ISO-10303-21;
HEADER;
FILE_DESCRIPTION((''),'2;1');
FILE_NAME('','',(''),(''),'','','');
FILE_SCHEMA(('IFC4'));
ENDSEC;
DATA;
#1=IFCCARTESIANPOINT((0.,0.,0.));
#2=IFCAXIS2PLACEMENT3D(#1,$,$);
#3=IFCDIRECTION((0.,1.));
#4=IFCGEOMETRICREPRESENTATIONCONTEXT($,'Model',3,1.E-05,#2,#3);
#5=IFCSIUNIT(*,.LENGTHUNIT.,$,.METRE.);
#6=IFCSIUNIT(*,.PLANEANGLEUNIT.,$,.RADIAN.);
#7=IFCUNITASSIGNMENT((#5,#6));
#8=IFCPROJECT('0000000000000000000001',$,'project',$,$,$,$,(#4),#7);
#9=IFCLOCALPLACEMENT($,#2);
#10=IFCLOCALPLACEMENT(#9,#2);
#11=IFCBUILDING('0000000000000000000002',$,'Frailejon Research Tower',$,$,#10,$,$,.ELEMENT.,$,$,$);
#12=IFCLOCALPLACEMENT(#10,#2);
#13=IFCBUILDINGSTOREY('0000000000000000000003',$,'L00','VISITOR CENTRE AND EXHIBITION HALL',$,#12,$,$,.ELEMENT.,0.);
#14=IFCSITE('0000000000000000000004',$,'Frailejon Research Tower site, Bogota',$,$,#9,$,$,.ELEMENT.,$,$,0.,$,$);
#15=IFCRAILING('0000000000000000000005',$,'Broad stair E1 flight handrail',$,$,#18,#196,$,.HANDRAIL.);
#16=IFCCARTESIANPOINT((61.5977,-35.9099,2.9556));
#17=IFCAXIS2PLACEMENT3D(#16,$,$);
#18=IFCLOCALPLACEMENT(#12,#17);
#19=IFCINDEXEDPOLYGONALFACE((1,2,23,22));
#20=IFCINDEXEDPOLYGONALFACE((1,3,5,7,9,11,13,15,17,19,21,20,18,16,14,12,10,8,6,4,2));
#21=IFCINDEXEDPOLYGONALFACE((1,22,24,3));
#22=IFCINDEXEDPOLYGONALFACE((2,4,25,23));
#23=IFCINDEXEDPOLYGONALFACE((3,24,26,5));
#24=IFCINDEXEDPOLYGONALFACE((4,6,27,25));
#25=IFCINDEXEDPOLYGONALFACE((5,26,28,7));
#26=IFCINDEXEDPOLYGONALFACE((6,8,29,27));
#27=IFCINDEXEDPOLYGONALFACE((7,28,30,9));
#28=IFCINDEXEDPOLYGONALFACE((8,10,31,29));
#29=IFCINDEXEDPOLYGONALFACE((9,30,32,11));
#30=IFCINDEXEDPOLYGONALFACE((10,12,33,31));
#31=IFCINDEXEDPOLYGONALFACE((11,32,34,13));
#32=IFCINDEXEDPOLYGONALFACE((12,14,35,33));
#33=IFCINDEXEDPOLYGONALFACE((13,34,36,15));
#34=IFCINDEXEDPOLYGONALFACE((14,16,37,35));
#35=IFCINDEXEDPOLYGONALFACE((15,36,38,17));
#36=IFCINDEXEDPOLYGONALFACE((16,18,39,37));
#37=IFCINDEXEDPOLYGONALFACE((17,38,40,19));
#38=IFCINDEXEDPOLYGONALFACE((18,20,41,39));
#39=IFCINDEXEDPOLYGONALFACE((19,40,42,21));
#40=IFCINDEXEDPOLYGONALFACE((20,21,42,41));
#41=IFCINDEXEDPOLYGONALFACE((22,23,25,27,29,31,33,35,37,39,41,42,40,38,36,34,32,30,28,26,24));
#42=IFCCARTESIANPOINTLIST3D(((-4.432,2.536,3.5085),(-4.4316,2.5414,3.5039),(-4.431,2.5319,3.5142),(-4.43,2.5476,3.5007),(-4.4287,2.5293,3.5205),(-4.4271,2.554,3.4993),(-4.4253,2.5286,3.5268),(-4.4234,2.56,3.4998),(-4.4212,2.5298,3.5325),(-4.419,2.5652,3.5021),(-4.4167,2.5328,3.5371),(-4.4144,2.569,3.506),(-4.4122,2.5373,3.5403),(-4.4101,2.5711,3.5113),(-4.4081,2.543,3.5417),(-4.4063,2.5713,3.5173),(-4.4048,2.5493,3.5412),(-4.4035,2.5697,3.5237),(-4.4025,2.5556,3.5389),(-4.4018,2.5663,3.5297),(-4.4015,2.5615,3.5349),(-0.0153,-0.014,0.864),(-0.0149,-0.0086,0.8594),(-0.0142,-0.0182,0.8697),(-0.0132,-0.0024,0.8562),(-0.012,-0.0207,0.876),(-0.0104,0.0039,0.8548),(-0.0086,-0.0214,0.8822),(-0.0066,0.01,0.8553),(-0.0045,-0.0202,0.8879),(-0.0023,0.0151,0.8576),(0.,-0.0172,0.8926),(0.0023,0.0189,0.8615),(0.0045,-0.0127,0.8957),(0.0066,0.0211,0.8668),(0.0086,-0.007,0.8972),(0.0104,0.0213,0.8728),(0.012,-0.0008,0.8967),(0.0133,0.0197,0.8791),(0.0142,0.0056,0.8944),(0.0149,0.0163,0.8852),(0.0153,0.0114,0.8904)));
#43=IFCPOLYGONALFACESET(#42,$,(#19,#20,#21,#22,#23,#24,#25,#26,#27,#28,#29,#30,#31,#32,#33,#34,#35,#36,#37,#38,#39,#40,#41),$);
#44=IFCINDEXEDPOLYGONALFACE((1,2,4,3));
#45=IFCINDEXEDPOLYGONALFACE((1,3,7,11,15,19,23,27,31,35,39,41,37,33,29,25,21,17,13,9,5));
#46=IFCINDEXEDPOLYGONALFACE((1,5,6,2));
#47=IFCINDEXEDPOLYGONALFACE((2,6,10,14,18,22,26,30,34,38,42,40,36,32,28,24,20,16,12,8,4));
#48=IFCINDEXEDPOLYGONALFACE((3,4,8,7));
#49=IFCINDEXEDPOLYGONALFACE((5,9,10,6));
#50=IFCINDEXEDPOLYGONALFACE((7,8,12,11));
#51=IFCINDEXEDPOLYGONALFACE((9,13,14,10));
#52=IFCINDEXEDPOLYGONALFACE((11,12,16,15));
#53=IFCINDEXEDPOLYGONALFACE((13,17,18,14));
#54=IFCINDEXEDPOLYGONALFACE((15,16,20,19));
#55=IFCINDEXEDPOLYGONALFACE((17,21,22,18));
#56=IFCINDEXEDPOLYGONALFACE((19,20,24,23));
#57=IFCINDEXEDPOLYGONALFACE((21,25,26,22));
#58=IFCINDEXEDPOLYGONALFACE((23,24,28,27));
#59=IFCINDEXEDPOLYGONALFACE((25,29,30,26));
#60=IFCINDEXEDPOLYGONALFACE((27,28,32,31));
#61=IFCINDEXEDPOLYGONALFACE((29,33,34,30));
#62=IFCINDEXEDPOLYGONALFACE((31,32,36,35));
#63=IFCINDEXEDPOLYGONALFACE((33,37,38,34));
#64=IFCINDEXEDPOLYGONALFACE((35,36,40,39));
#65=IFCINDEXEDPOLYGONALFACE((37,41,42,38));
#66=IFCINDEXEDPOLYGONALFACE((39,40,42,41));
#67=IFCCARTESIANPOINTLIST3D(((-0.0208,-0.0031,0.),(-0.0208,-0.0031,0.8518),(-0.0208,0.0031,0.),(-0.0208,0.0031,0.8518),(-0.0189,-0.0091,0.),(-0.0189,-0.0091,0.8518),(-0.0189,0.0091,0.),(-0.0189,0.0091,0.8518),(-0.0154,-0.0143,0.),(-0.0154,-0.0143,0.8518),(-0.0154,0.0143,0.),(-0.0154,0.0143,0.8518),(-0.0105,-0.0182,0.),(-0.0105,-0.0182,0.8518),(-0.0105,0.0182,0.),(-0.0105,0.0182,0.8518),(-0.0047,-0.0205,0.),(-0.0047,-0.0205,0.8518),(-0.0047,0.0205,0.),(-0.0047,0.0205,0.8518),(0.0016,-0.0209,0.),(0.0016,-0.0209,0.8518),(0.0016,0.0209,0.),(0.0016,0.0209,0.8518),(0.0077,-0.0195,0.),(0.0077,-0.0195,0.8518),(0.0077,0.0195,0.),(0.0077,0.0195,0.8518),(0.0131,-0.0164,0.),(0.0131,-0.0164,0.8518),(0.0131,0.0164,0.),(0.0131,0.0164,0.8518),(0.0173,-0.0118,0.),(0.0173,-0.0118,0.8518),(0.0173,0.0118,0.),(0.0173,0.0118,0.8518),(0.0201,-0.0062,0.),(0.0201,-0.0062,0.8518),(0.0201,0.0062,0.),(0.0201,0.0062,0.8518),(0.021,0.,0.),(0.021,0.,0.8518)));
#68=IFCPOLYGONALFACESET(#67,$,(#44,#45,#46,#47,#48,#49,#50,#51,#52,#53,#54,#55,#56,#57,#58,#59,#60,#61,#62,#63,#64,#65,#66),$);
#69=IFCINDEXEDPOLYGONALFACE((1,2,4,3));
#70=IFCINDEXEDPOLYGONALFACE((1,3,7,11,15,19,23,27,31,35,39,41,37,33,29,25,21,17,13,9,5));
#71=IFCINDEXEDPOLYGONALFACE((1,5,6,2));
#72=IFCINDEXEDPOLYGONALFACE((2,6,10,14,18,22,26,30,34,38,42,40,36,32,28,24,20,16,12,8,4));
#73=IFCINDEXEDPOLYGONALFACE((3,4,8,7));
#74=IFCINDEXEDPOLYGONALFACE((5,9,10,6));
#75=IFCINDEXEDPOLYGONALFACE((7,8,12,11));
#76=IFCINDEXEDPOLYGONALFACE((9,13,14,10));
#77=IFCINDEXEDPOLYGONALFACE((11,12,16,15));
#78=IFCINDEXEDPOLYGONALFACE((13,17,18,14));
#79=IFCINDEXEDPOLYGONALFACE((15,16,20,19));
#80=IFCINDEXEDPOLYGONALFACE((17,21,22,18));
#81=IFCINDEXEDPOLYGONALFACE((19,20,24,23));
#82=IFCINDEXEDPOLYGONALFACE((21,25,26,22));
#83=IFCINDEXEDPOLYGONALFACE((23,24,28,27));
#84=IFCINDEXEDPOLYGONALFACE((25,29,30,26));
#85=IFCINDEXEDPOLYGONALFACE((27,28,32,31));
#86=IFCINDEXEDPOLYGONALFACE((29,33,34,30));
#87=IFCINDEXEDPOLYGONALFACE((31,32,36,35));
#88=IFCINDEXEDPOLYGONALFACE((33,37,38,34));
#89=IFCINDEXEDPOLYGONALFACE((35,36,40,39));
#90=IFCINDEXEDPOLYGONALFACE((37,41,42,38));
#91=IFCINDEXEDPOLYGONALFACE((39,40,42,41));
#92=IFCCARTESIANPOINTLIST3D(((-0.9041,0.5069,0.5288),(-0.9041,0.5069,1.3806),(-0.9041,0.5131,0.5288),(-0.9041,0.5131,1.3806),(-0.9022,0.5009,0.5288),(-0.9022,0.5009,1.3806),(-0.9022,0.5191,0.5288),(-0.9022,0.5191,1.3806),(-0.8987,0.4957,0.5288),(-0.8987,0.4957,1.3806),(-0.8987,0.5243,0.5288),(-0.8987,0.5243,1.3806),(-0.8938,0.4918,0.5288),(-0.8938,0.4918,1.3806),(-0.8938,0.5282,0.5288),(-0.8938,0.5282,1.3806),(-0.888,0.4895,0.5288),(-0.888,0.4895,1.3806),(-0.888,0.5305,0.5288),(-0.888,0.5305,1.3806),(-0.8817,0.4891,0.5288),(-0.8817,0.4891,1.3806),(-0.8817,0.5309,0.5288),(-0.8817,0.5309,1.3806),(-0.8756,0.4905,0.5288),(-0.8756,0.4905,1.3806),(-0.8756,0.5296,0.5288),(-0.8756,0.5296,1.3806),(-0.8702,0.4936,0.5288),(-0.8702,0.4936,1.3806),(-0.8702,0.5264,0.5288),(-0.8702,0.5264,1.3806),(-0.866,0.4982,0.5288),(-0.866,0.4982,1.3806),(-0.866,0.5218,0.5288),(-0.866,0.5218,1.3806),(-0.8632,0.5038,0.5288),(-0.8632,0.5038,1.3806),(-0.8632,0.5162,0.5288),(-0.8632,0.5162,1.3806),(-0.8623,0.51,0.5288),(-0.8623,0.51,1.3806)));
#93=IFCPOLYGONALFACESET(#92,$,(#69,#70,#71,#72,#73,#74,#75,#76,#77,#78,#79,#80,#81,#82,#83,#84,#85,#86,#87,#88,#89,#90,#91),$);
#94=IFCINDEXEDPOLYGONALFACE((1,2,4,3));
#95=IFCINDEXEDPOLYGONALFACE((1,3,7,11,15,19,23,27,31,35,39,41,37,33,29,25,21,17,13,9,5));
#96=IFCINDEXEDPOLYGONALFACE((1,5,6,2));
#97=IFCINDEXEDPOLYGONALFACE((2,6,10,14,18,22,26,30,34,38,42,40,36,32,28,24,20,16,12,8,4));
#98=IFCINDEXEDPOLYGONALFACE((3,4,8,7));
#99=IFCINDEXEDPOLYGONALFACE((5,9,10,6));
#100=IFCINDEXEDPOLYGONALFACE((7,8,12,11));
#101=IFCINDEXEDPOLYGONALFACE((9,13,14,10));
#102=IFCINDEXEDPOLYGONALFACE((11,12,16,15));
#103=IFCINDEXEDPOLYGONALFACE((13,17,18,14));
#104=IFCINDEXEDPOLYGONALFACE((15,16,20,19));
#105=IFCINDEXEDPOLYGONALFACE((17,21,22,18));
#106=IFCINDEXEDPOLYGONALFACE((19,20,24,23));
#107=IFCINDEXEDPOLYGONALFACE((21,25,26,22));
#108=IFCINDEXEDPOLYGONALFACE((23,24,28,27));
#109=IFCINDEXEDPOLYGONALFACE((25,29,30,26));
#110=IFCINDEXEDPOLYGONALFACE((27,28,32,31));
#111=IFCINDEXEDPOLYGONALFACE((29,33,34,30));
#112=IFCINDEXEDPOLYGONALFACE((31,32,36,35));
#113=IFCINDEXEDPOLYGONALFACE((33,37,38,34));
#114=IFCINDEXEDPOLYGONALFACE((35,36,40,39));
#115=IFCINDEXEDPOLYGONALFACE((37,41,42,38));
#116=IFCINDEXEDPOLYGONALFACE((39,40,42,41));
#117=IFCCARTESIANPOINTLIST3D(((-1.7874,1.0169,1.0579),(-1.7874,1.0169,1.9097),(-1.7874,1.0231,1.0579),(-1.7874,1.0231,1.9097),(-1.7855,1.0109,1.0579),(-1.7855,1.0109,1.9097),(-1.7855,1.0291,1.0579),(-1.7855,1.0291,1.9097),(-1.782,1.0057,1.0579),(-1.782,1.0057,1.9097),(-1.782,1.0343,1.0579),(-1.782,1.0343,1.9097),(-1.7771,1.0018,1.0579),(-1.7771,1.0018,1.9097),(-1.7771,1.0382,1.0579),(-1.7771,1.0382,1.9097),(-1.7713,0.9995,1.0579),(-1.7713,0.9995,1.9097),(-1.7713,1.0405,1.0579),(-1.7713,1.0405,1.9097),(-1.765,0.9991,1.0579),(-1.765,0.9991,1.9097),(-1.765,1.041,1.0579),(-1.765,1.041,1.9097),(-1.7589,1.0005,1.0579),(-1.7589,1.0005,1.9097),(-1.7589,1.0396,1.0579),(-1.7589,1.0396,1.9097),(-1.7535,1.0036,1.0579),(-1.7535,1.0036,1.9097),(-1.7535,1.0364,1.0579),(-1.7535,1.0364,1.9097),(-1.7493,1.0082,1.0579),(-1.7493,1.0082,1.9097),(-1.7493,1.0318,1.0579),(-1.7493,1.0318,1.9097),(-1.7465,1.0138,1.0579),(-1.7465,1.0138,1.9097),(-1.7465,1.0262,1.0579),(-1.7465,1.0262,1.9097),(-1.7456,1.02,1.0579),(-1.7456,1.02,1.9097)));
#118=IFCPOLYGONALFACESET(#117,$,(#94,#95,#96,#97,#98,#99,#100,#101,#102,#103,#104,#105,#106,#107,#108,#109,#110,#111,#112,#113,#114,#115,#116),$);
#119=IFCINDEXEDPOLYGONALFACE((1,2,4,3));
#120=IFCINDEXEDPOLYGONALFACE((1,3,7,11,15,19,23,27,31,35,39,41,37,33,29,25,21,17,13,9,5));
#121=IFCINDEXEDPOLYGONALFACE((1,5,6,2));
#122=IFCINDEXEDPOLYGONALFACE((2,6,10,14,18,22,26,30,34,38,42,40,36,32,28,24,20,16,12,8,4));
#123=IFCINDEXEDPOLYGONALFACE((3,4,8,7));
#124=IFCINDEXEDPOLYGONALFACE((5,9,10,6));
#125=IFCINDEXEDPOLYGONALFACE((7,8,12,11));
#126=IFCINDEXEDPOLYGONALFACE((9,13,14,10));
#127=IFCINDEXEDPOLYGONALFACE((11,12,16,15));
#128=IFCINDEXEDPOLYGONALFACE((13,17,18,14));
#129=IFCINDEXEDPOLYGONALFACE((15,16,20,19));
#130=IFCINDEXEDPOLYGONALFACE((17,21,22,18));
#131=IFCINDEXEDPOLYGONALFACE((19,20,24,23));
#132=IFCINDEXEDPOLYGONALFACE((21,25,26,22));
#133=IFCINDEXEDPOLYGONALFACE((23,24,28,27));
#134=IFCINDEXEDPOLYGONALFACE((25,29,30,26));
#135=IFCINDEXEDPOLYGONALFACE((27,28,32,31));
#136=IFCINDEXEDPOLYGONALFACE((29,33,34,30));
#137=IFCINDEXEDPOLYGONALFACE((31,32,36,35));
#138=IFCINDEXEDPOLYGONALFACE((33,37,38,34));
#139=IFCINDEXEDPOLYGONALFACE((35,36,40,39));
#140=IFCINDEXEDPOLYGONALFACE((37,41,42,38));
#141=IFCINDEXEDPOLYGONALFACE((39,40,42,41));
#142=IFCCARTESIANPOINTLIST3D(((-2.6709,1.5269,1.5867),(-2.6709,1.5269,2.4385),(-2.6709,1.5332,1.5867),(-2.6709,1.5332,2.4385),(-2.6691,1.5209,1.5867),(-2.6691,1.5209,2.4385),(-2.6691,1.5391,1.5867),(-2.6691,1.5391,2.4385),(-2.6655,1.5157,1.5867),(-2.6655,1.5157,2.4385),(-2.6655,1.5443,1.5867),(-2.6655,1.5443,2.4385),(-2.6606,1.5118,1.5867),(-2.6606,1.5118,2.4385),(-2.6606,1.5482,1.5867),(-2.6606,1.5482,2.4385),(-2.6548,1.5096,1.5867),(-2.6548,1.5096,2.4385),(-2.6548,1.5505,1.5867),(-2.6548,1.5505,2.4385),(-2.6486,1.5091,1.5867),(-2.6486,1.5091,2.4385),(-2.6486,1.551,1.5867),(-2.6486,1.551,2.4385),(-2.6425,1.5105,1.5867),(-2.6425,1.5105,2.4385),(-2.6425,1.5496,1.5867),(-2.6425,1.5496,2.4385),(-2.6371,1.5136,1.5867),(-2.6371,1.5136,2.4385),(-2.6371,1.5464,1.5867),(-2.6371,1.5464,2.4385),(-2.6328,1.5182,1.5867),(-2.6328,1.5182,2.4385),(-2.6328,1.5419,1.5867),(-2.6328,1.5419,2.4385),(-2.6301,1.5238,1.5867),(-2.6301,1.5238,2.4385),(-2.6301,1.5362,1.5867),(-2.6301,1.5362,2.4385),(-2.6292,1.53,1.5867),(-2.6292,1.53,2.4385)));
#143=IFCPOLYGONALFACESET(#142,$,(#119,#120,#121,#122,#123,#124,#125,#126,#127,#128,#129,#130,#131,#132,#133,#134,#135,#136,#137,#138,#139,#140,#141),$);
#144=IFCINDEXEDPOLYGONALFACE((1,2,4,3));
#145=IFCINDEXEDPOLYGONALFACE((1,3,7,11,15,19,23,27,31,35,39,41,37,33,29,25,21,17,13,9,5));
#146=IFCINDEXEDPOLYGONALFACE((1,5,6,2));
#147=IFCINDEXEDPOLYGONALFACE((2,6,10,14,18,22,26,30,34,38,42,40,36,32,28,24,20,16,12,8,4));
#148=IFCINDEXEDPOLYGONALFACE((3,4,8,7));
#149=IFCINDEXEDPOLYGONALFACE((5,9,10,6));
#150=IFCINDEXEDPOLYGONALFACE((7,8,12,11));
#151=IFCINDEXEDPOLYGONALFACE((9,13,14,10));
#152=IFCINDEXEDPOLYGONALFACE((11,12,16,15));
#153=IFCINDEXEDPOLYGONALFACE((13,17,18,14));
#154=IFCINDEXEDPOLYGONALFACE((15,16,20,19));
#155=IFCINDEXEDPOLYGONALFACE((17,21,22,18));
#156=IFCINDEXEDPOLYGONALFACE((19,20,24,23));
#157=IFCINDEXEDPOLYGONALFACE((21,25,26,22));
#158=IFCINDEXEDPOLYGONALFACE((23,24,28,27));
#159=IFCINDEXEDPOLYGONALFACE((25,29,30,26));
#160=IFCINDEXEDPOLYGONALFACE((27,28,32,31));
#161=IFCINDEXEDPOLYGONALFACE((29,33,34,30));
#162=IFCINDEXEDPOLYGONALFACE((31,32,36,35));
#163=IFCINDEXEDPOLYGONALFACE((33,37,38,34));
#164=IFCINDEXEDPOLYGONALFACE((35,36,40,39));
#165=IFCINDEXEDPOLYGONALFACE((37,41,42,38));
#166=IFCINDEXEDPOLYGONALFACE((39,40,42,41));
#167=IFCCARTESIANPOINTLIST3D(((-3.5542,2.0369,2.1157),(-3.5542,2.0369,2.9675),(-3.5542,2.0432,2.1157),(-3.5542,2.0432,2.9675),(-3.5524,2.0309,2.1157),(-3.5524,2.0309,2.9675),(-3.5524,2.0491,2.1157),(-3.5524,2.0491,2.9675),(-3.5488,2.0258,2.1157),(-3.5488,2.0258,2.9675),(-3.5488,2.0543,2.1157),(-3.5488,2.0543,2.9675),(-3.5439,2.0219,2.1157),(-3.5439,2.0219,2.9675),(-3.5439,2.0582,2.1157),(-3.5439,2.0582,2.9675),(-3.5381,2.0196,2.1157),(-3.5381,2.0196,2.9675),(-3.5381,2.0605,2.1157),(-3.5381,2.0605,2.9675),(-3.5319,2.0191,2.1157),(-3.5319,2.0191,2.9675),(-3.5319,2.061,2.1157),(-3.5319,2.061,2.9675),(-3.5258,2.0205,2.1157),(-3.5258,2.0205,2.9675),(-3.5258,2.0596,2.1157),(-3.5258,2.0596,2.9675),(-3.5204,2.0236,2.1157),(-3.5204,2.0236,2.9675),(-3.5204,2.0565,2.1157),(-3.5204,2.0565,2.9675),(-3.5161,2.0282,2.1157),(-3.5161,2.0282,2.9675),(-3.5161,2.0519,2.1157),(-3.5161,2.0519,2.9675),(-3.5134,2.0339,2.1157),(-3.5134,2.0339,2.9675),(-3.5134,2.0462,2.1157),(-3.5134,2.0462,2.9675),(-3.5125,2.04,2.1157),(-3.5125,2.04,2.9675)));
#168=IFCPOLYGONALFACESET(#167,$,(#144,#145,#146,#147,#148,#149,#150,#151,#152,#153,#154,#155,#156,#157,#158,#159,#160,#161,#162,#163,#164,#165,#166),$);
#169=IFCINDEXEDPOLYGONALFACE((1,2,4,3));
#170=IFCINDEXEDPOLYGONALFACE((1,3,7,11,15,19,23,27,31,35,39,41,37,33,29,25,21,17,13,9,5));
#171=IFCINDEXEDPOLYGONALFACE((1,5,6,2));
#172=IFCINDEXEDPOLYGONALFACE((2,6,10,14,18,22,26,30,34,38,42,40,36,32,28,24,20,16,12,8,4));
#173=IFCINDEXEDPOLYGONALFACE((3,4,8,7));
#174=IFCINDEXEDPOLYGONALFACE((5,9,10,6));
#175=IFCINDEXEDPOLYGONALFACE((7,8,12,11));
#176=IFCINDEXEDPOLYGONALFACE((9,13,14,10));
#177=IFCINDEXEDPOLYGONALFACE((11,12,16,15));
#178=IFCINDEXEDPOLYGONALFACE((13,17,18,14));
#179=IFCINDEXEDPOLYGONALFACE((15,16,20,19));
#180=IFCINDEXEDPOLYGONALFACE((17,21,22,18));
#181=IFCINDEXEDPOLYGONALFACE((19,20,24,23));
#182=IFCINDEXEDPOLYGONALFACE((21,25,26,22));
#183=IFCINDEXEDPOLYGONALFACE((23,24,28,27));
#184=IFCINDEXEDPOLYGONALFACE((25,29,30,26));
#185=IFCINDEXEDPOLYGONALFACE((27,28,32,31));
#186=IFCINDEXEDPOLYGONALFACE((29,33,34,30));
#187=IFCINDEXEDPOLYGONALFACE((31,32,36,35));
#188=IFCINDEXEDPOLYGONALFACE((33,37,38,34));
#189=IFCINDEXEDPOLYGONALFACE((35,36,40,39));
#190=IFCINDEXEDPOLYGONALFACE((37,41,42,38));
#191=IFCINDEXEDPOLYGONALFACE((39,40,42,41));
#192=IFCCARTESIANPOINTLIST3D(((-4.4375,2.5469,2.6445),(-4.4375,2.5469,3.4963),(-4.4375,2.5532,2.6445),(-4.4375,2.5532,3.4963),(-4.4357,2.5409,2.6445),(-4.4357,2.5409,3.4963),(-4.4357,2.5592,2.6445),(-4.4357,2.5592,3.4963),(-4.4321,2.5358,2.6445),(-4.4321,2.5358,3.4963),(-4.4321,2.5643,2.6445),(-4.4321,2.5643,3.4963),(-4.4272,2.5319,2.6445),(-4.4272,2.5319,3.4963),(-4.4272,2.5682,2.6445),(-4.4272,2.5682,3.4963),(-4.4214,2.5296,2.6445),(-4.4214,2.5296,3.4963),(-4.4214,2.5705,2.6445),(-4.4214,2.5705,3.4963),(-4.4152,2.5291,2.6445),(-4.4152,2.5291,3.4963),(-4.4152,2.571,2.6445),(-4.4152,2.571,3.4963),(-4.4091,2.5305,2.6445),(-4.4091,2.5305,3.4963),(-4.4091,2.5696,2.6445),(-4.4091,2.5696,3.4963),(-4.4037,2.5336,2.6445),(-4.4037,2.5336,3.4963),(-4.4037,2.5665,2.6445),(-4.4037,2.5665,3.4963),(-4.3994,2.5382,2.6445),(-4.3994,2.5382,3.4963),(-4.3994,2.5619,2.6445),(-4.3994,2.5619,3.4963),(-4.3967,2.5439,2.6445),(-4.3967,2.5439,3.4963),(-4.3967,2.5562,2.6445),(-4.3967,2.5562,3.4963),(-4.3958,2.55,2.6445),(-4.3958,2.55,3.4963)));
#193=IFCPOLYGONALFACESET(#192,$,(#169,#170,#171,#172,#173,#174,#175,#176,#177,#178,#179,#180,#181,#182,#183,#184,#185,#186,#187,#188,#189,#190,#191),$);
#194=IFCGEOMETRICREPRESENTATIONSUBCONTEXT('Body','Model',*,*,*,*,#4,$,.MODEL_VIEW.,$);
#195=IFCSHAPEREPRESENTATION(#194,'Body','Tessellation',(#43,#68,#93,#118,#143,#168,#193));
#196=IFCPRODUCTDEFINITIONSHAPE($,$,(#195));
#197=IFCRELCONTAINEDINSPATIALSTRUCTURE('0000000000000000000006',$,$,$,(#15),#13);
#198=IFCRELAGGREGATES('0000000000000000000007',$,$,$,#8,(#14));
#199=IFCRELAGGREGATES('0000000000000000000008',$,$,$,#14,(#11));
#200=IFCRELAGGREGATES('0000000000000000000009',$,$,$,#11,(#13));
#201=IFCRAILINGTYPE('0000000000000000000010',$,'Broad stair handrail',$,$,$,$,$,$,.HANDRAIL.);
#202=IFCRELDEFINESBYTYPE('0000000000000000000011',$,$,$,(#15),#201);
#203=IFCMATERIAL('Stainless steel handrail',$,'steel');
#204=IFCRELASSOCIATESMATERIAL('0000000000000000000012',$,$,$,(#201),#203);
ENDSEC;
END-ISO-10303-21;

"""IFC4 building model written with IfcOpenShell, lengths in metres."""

from ifc_helpers import new_model, si_unit, direction, frame, origin, origin_2d, place, context, subcontext, project, spatial, circle, extrude, material, type_object, element, save


model = new_model("IFC4")

# Units and contexts
model_context = context("Model", 3, precision=1e-05, world=origin(), true_north=direction((0.0, 1.0)))
body_context = subcontext(model_context, "Body", "Model", "MODEL_VIEW")
ifc_project = project(units=[si_unit("LENGTHUNIT", "METRE"), si_unit("PLANEANGLEUNIT", "RADIAN")], contexts=[model_context])

# Site, building, storey
site_placement = place(None, origin())
site = spatial("IfcSite", under=ifc_project, at=site_placement, Name="Frailejon Research Tower site, Bogota", CompositionType="ELEMENT", RefElevation=0.0)
building_placement = place(site_placement, origin())
building = spatial("IfcBuilding", under=site, at=building_placement, Name="Frailejon Research Tower", CompositionType="ELEMENT")
storey_placement = place(building_placement, origin())
storey = spatial("IfcBuildingStorey", under=building, at=storey_placement, Name="L00", Description="VISITOR CENTRE AND EXHIBITION HALL", CompositionType="ELEMENT", Elevation=0.0)

# Railing
ifc_material_1 = material(Name="Stainless steel handrail", Category="steel")
railing_type_1 = type_object("IfcRailingType", Name="Broad stair handrail", PredefinedType="HANDRAIL", material=ifc_material_1)
railing_1_placement = place(storey_placement, frame((61.5977, -35.9099, 2.9556)))
element("IfcRailing", 1, at=railing_1_placement, inside=storey, type_object=railing_type_1, Name="Broad stair E1 flight handrail", PredefinedType="HANDRAIL", context=body_context, shape_type="SweptSolid", body=[
    extrude(circle(Radius=0.0239, at=origin_2d()), frame((0.0, 0.0, 0.876), z_axis=(-0.768811, 0.44388, 0.460326), x_axis=(-0.500006, -0.866022, 0.0)), (0.0, 0.0, 1.0), 5.7449),
    extrude(circle(Radius=0.021, at=origin_2d()), origin(), (0.0, 0.0, 1.0), 0.8518),
    extrude(circle(Radius=0.021, at=origin_2d()), frame((-0.8833, 0.51, 0.5288)), (0.0, 0.0, 1.0), 0.8518),
    extrude(circle(Radius=0.021, at=origin_2d()), frame((-1.7666, 1.02, 1.0579)), (0.0, 0.0, 1.0), 0.8518),
    extrude(circle(Radius=0.021, at=origin_2d()), frame((-2.6501, 1.53, 1.5867)), (0.0, 0.0, 1.0), 0.8518),
    extrude(circle(Radius=0.021, at=origin_2d()), frame((-3.5334, 2.04, 2.1157)), (0.0, 0.0, 1.0), 0.8518),
    extrude(circle(Radius=0.021, at=origin_2d()), frame((-4.4167, 2.55, 2.6445)), (0.0, 0.0, 1.0), 0.8518),
])

save(model, "model.ifc")
